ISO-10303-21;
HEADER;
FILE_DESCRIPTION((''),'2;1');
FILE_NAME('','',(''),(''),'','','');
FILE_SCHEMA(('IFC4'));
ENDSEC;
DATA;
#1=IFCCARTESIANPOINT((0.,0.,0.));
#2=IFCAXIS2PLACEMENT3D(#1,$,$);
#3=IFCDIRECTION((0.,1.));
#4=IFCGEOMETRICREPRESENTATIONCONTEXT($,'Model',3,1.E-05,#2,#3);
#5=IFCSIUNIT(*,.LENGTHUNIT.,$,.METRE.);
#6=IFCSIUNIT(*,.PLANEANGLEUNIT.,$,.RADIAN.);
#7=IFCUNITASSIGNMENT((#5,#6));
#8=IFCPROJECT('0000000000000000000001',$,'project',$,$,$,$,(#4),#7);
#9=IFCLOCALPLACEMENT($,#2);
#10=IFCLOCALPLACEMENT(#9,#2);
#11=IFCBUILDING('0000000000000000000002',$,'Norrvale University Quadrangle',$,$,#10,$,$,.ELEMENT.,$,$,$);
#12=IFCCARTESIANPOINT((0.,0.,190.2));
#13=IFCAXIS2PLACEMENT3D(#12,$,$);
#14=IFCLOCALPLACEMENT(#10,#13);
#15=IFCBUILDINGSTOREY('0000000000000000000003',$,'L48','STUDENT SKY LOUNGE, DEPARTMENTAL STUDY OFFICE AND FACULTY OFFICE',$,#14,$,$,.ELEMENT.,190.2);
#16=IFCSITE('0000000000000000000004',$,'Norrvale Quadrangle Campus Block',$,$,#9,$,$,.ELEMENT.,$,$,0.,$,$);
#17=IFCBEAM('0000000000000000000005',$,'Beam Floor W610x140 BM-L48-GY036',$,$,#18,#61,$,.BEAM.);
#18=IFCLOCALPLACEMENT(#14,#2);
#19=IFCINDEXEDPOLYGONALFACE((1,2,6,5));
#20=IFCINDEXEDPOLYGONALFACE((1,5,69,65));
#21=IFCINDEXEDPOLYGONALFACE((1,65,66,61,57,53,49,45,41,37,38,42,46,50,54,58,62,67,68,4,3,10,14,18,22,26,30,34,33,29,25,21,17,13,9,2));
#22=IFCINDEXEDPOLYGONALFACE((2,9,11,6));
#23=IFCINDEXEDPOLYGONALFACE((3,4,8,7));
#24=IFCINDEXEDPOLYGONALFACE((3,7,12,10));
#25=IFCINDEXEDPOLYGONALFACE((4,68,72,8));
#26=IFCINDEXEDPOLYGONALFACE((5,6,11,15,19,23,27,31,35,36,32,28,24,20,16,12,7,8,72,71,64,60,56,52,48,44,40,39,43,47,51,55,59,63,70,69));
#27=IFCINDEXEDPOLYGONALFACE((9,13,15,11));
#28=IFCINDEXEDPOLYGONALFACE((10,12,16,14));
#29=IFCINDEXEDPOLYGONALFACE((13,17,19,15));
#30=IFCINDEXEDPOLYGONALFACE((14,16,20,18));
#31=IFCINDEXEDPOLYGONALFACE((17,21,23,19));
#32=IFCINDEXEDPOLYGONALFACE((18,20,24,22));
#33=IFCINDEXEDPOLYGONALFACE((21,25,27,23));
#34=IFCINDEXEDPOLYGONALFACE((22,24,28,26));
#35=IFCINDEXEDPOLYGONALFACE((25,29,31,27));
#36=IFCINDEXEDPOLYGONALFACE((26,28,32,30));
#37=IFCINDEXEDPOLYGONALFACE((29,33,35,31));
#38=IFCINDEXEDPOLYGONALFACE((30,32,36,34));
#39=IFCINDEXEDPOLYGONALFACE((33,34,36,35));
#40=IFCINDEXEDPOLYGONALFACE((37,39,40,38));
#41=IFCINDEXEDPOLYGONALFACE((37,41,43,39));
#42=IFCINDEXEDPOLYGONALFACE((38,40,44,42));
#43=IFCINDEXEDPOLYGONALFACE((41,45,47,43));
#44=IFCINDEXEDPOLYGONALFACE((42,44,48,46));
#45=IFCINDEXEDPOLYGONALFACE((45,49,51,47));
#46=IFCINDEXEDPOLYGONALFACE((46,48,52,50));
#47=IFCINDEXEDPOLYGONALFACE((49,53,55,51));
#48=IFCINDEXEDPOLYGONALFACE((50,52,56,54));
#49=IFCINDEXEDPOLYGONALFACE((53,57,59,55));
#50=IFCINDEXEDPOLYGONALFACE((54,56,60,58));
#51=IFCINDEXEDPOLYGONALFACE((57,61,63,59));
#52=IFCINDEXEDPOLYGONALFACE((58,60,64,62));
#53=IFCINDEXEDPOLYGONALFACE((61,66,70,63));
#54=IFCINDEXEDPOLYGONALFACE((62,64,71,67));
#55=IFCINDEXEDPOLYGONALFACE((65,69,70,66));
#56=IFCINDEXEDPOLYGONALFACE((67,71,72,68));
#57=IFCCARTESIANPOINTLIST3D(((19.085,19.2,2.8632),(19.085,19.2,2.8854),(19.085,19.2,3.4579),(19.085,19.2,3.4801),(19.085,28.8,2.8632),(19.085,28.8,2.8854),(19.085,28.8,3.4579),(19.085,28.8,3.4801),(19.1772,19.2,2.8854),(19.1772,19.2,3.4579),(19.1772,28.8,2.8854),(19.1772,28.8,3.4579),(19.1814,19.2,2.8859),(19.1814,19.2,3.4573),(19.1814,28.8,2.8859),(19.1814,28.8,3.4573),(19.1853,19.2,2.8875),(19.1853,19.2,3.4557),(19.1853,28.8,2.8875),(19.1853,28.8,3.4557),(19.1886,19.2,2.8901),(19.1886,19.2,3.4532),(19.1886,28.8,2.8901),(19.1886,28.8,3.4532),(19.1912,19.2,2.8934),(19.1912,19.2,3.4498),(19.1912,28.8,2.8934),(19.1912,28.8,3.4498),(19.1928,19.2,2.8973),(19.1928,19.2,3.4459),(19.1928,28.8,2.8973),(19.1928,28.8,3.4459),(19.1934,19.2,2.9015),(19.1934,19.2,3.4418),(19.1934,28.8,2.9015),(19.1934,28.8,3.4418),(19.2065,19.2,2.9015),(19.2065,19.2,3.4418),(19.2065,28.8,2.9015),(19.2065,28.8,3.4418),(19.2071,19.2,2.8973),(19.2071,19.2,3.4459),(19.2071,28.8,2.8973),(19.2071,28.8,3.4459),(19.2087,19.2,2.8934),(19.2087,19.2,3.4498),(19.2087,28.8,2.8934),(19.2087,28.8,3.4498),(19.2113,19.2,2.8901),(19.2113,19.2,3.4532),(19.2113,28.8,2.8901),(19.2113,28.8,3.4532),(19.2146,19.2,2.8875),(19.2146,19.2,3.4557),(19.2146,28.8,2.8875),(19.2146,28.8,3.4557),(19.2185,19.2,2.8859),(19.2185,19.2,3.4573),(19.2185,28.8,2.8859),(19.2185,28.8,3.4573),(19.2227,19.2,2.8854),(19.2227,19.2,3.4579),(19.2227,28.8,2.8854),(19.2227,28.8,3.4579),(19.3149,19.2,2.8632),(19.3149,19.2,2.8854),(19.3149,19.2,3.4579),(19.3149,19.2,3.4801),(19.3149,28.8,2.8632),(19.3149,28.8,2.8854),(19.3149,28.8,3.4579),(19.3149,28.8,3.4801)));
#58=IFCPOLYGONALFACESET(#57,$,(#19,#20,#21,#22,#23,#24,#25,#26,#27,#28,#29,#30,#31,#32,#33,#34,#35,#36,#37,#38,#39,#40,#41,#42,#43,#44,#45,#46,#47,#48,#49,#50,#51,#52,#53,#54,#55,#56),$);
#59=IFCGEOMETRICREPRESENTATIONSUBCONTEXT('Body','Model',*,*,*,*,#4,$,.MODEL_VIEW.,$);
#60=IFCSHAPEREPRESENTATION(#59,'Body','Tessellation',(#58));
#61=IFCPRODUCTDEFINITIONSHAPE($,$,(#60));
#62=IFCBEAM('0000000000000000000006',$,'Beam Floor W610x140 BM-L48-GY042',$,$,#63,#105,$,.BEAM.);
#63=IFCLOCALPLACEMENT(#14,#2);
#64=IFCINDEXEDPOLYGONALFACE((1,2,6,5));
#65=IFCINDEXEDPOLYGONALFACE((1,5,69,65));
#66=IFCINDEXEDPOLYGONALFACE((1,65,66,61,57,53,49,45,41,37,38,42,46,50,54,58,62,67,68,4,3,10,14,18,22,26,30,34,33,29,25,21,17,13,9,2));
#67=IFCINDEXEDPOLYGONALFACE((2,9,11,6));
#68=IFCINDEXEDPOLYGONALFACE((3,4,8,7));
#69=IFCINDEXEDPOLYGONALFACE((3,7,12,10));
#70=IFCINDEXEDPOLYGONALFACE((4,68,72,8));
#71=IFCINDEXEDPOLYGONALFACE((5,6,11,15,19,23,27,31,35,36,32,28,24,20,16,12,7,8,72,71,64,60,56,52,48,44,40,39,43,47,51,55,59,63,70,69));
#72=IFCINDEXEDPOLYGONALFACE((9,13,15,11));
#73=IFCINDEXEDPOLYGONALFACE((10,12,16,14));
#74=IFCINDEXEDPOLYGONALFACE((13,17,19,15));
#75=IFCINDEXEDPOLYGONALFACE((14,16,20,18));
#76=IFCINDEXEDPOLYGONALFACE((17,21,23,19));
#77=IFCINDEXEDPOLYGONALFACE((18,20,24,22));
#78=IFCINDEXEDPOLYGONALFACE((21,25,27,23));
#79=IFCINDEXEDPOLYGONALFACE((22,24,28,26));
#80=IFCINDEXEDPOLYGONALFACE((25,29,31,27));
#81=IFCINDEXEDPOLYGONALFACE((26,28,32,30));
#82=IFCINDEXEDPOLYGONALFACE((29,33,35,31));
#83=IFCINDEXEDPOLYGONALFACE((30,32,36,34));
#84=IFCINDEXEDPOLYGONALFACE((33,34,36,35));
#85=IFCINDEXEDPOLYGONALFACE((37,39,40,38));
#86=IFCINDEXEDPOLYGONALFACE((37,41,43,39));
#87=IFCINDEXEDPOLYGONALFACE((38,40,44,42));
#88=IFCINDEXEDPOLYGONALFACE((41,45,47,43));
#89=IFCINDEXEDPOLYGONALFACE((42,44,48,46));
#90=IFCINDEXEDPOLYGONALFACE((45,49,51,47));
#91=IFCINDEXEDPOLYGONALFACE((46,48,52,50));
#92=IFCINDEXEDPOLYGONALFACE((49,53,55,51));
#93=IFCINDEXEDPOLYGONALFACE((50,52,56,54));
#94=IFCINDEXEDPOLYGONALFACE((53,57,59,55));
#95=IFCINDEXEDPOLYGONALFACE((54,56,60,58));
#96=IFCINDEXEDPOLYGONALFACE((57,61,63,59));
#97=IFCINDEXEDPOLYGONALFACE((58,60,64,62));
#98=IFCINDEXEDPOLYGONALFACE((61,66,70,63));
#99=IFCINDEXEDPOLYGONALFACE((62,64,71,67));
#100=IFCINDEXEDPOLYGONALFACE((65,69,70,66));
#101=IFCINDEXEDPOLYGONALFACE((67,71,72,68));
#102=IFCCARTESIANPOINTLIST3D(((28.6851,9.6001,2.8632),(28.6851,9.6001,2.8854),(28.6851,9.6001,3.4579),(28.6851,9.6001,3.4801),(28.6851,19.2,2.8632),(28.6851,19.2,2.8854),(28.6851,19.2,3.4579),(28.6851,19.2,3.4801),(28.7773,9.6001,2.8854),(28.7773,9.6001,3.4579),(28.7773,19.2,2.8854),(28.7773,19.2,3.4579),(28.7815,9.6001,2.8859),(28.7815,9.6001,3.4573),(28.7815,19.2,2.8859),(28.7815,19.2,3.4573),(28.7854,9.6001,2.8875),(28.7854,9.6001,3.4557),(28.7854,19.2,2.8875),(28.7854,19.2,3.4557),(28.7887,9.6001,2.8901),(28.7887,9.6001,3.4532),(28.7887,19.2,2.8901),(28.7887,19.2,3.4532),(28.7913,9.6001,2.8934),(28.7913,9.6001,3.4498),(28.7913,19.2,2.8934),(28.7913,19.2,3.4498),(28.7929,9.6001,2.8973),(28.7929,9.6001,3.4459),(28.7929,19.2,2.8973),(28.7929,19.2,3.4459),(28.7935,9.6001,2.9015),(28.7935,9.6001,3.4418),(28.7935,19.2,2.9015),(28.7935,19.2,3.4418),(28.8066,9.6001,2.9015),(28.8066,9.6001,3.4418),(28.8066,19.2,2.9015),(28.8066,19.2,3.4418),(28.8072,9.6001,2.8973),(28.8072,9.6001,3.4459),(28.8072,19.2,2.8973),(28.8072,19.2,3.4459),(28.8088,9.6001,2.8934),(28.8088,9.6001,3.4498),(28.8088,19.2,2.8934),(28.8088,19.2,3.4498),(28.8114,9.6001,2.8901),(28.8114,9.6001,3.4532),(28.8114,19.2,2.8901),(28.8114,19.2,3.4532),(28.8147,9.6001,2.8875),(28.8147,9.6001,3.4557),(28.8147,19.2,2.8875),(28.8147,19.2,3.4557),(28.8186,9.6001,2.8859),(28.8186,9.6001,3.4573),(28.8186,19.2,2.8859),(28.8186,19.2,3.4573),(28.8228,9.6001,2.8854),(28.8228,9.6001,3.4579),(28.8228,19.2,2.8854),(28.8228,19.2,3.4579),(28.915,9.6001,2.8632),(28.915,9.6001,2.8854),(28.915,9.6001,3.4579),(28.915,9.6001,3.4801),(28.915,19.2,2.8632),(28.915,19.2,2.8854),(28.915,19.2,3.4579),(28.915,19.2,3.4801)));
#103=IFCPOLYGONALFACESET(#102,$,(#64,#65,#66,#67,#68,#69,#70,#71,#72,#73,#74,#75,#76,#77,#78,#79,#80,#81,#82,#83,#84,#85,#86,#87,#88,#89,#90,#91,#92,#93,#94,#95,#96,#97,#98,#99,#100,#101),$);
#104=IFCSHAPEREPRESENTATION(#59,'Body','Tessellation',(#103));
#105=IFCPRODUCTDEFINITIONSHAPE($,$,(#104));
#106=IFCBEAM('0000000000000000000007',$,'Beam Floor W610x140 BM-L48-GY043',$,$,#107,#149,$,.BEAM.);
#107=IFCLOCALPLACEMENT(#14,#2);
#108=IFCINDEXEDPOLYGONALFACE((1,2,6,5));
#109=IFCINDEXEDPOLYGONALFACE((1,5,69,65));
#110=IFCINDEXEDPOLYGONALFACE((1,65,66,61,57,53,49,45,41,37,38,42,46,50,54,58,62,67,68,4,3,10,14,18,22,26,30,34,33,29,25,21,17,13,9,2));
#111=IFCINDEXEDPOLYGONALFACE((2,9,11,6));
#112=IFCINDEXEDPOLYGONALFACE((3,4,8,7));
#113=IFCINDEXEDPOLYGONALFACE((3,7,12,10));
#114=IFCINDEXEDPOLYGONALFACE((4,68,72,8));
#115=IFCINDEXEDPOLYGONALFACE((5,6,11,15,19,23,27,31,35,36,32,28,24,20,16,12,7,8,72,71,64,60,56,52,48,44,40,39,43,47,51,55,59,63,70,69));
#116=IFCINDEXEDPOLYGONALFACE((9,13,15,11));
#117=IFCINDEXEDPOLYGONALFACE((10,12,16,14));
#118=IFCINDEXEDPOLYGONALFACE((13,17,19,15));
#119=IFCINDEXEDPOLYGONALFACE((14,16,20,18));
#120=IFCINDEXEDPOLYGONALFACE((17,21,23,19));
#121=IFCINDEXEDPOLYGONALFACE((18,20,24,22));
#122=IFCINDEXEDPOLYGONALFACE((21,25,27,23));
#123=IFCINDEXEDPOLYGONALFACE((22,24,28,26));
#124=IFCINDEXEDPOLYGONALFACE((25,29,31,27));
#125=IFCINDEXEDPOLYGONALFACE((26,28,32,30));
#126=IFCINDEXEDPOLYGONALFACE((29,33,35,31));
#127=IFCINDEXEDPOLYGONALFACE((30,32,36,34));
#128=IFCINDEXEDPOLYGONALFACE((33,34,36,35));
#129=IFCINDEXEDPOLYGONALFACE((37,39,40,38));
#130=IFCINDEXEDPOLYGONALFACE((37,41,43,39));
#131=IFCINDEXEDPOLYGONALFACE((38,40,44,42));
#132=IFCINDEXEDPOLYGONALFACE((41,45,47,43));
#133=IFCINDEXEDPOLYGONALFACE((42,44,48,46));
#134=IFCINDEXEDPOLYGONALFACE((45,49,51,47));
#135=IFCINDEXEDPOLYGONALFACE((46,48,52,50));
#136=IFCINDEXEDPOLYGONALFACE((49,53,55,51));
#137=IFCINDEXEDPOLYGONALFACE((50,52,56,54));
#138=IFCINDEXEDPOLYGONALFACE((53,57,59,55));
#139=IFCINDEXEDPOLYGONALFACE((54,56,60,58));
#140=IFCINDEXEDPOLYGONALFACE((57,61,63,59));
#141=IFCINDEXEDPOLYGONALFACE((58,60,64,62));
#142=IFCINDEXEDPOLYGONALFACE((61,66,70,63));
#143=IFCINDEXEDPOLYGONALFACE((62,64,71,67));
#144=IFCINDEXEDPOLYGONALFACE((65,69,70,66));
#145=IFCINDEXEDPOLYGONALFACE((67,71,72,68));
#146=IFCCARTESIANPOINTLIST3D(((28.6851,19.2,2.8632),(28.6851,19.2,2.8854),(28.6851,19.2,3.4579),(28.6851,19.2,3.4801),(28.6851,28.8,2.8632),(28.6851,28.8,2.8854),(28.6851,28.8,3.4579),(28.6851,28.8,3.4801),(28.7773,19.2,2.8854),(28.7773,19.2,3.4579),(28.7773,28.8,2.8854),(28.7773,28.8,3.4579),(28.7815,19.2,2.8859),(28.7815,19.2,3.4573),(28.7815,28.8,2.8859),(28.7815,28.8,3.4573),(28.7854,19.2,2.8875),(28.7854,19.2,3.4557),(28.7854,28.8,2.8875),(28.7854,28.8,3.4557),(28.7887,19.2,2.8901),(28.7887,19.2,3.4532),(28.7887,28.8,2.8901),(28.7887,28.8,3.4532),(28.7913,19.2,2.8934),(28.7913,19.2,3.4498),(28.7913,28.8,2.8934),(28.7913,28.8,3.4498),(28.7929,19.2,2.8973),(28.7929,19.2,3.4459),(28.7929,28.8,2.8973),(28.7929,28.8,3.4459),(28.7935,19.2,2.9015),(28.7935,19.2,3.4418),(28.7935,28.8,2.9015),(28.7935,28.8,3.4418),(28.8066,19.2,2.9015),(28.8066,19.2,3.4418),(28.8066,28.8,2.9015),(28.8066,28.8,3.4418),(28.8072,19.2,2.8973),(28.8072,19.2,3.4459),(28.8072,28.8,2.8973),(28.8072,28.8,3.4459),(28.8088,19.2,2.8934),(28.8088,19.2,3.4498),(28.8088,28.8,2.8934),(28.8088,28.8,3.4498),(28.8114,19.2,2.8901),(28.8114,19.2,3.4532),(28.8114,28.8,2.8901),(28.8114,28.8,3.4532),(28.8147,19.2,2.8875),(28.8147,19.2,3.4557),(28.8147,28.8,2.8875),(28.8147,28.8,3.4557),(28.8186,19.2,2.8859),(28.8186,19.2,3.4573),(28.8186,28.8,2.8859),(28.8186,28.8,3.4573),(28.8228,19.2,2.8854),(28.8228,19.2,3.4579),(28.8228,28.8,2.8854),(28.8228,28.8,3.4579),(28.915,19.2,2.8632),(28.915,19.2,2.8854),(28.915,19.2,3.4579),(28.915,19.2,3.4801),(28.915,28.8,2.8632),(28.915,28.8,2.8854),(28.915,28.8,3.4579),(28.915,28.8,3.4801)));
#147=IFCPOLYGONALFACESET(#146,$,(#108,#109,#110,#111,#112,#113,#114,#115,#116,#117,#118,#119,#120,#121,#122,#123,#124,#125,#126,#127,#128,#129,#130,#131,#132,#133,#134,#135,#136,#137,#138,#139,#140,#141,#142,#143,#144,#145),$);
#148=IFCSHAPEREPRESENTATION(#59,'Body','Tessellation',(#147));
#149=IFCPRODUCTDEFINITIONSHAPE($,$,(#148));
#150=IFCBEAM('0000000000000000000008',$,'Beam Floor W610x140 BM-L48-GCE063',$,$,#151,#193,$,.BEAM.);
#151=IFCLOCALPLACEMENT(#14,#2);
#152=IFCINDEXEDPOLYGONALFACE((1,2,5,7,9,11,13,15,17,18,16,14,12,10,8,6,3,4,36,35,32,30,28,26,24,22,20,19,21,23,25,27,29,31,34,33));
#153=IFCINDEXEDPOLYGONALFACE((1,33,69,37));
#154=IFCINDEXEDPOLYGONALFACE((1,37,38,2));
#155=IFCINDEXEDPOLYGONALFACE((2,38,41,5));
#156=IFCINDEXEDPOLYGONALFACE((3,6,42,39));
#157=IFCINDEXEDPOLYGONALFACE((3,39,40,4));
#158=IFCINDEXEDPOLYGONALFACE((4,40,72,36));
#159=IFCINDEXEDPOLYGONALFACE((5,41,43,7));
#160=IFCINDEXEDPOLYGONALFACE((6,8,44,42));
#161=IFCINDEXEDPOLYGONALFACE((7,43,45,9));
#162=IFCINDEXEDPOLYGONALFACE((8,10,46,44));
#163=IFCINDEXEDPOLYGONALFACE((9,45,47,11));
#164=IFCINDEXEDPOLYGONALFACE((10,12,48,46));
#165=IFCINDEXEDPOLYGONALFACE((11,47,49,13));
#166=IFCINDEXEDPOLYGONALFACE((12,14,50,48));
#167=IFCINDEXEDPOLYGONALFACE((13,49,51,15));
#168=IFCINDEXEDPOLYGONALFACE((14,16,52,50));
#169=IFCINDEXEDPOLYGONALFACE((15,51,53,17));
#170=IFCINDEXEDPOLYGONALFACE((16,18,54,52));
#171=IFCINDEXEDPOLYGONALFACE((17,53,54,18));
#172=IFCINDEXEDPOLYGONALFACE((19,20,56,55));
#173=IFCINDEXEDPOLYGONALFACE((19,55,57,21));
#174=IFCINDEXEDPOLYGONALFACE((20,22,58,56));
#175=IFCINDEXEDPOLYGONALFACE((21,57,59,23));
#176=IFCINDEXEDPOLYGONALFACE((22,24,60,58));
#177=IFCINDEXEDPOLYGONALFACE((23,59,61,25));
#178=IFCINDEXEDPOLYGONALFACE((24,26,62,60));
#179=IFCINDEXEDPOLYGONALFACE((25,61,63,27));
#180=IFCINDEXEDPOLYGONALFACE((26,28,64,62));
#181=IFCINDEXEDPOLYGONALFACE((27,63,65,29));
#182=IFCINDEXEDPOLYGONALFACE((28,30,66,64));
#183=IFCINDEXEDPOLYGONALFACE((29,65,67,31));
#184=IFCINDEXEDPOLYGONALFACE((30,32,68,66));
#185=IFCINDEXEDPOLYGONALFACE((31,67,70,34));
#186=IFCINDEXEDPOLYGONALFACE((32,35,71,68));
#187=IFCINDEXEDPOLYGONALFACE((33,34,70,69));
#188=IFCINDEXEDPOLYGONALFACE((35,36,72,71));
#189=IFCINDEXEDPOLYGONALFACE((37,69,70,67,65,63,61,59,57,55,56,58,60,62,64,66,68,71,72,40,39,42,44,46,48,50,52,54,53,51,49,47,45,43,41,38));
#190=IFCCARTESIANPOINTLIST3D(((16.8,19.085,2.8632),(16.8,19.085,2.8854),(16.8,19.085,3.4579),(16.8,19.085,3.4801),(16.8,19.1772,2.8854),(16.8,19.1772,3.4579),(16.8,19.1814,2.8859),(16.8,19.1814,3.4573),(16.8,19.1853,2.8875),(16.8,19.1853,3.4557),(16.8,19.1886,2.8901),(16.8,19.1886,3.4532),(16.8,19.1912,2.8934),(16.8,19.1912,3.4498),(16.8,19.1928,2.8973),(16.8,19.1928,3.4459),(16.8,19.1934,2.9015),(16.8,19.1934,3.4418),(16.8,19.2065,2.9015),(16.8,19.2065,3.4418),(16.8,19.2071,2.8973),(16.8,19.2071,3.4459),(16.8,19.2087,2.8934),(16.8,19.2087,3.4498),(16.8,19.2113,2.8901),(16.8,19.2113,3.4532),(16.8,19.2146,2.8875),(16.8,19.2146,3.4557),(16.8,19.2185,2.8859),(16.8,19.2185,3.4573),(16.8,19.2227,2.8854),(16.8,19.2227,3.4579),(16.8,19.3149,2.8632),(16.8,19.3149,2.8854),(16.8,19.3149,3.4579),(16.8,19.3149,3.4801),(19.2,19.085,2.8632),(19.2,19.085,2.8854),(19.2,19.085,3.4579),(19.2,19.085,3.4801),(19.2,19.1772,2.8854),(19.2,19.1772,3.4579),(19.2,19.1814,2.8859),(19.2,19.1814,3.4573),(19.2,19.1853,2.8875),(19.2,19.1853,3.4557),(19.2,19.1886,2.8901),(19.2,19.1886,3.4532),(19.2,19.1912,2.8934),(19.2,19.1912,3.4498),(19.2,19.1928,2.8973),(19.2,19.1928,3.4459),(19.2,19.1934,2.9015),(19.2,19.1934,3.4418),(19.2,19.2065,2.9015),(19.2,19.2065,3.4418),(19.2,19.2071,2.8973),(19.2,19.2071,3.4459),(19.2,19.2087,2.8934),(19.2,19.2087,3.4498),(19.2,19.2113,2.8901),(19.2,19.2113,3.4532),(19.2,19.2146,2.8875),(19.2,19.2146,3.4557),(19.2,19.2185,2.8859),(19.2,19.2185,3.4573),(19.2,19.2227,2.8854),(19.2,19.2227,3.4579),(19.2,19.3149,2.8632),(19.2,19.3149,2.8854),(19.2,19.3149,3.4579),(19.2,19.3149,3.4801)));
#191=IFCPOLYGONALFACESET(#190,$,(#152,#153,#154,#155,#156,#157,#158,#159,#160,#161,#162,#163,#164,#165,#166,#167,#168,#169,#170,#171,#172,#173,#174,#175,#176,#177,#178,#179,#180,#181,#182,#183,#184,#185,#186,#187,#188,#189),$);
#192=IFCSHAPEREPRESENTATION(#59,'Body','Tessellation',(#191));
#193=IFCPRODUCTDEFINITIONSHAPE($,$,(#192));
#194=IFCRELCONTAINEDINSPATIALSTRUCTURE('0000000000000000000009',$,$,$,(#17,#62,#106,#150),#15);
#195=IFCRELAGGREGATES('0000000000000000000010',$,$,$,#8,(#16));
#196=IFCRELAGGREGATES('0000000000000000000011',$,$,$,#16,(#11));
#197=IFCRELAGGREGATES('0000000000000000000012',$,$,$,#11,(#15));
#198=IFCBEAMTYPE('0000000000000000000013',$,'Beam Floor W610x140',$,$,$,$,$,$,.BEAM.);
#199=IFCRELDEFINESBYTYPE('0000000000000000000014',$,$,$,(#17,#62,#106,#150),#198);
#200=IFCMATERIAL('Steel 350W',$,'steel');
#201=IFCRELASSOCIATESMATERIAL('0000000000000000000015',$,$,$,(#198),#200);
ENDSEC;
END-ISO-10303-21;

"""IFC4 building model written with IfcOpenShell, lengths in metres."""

from ifc_helpers import new_model, si_unit, direction, frame, origin, origin_2d, place, context, subcontext, project, spatial, i_section, extrude, material, material_profile, profile_set, type_object, element, save


model = new_model("IFC4")

# Units and contexts
model_context = context("Model", 3, precision=1e-05, world=origin(), true_north=direction((0.0, 1.0)))
body_context = subcontext(model_context, "Body", "Model", "MODEL_VIEW")
ifc_project = project(units=[si_unit("LENGTHUNIT", "METRE"), si_unit("PLANEANGLEUNIT", "RADIAN")], contexts=[model_context])

# Site, building, storey
site_placement = place(None, origin())
site = spatial("IfcSite", under=ifc_project, at=site_placement, Name="Norrvale Quadrangle Campus Block", CompositionType="ELEMENT", RefElevation=0.0)
building_placement = place(site_placement, origin())
building = spatial("IfcBuilding", under=site, at=building_placement, Name="Norrvale University Quadrangle", CompositionType="ELEMENT")
storey_placement = place(building_placement, frame((0.0, 0.0, 190.2)))
storey = spatial("IfcBuildingStorey", under=building, at=storey_placement, Name="L48", Description="STUDENT SKY LOUNGE, DEPARTMENTAL STUDY OFFICE AND FACULTY OFFICE", CompositionType="ELEMENT", Elevation=190.2)

# Beams
ifc_material_1 = material(Name="Steel 350W", Category="steel")
ifc_material_profile_1 = material_profile(ifc_material_1, i_section(OverallWidth=0.23, OverallDepth=0.6169, WebThickness=0.0132, FlangeThickness=0.0222, FilletRadius=0.0161, at=origin_2d()), Name="Steel 350W")
ifc_profile_set_1 = profile_set([ifc_material_profile_1], Name="Steel 350W")
beam_type_1 = type_object("IfcBeamType", Name="Beam Floor W610x140", PredefinedType="BEAM", material=ifc_profile_set_1)
beam_1_placement = place(storey_placement, frame((19.2, 19.2, 3.1716), z_axis=(0.0, 1.0, 0.0), x_axis=(-1.0, 0.0, 0.0)))
element("IfcBeam", 1, at=beam_1_placement, inside=storey, type_object=beam_type_1, Name="Beam Floor W610x140 BM-L48-GY036", PredefinedType="BEAM", context=body_context, shape_type="SweptSolid", body=[
    extrude(i_section(OverallWidth=0.23, OverallDepth=0.6169, WebThickness=0.0132, FlangeThickness=0.0222, FilletRadius=0.0161, at=origin_2d()), origin(), (0.0, 0.0, 1.0), 9.6001),
])
beam_2_placement = place(storey_placement, frame((28.8, 9.6001, 3.1716), z_axis=(0.0, 1.0, 0.0), x_axis=(-1.0, 0.0, 0.0)))
element("IfcBeam", 2, at=beam_2_placement, inside=storey, type_object=beam_type_1, Name="Beam Floor W610x140 BM-L48-GY042", PredefinedType="BEAM", context=body_context, shape_type="SweptSolid", body=[
    extrude(i_section(OverallWidth=0.23, OverallDepth=0.6169, WebThickness=0.0132, FlangeThickness=0.0222, FilletRadius=0.0161, at=origin_2d()), origin(), (0.0, 0.0, 1.0), 9.5999),
])
beam_3_placement = place(storey_placement, frame((28.8, 19.2, 3.1716), z_axis=(0.0, 1.0, 0.0), x_axis=(-1.0, 0.0, 0.0)))
element("IfcBeam", 3, at=beam_3_placement, inside=storey, type_object=beam_type_1, Name="Beam Floor W610x140 BM-L48-GY043", PredefinedType="BEAM", context=body_context, shape_type="SweptSolid", body=[
    extrude(i_section(OverallWidth=0.23, OverallDepth=0.6169, WebThickness=0.0132, FlangeThickness=0.0222, FilletRadius=0.0161, at=origin_2d()), origin(), (0.0, 0.0, 1.0), 9.6001),
])
beam_4_placement = place(storey_placement, frame((16.8, 19.2, 3.1716), z_axis=(1.0, 0.0, 0.0), x_axis=(0.0, 1.0, 0.0)))
element("IfcBeam", 4, at=beam_4_placement, inside=storey, type_object=beam_type_1, Name="Beam Floor W610x140 BM-L48-GCE063", PredefinedType="BEAM", context=body_context, shape_type="SweptSolid", body=[
    extrude(i_section(OverallWidth=0.23, OverallDepth=0.6169, WebThickness=0.0132, FlangeThickness=0.0222, FilletRadius=0.0161, at=origin_2d()), origin(), (0.0, 0.0, 1.0), 2.3999),
])

save(model, "model.ifc")
